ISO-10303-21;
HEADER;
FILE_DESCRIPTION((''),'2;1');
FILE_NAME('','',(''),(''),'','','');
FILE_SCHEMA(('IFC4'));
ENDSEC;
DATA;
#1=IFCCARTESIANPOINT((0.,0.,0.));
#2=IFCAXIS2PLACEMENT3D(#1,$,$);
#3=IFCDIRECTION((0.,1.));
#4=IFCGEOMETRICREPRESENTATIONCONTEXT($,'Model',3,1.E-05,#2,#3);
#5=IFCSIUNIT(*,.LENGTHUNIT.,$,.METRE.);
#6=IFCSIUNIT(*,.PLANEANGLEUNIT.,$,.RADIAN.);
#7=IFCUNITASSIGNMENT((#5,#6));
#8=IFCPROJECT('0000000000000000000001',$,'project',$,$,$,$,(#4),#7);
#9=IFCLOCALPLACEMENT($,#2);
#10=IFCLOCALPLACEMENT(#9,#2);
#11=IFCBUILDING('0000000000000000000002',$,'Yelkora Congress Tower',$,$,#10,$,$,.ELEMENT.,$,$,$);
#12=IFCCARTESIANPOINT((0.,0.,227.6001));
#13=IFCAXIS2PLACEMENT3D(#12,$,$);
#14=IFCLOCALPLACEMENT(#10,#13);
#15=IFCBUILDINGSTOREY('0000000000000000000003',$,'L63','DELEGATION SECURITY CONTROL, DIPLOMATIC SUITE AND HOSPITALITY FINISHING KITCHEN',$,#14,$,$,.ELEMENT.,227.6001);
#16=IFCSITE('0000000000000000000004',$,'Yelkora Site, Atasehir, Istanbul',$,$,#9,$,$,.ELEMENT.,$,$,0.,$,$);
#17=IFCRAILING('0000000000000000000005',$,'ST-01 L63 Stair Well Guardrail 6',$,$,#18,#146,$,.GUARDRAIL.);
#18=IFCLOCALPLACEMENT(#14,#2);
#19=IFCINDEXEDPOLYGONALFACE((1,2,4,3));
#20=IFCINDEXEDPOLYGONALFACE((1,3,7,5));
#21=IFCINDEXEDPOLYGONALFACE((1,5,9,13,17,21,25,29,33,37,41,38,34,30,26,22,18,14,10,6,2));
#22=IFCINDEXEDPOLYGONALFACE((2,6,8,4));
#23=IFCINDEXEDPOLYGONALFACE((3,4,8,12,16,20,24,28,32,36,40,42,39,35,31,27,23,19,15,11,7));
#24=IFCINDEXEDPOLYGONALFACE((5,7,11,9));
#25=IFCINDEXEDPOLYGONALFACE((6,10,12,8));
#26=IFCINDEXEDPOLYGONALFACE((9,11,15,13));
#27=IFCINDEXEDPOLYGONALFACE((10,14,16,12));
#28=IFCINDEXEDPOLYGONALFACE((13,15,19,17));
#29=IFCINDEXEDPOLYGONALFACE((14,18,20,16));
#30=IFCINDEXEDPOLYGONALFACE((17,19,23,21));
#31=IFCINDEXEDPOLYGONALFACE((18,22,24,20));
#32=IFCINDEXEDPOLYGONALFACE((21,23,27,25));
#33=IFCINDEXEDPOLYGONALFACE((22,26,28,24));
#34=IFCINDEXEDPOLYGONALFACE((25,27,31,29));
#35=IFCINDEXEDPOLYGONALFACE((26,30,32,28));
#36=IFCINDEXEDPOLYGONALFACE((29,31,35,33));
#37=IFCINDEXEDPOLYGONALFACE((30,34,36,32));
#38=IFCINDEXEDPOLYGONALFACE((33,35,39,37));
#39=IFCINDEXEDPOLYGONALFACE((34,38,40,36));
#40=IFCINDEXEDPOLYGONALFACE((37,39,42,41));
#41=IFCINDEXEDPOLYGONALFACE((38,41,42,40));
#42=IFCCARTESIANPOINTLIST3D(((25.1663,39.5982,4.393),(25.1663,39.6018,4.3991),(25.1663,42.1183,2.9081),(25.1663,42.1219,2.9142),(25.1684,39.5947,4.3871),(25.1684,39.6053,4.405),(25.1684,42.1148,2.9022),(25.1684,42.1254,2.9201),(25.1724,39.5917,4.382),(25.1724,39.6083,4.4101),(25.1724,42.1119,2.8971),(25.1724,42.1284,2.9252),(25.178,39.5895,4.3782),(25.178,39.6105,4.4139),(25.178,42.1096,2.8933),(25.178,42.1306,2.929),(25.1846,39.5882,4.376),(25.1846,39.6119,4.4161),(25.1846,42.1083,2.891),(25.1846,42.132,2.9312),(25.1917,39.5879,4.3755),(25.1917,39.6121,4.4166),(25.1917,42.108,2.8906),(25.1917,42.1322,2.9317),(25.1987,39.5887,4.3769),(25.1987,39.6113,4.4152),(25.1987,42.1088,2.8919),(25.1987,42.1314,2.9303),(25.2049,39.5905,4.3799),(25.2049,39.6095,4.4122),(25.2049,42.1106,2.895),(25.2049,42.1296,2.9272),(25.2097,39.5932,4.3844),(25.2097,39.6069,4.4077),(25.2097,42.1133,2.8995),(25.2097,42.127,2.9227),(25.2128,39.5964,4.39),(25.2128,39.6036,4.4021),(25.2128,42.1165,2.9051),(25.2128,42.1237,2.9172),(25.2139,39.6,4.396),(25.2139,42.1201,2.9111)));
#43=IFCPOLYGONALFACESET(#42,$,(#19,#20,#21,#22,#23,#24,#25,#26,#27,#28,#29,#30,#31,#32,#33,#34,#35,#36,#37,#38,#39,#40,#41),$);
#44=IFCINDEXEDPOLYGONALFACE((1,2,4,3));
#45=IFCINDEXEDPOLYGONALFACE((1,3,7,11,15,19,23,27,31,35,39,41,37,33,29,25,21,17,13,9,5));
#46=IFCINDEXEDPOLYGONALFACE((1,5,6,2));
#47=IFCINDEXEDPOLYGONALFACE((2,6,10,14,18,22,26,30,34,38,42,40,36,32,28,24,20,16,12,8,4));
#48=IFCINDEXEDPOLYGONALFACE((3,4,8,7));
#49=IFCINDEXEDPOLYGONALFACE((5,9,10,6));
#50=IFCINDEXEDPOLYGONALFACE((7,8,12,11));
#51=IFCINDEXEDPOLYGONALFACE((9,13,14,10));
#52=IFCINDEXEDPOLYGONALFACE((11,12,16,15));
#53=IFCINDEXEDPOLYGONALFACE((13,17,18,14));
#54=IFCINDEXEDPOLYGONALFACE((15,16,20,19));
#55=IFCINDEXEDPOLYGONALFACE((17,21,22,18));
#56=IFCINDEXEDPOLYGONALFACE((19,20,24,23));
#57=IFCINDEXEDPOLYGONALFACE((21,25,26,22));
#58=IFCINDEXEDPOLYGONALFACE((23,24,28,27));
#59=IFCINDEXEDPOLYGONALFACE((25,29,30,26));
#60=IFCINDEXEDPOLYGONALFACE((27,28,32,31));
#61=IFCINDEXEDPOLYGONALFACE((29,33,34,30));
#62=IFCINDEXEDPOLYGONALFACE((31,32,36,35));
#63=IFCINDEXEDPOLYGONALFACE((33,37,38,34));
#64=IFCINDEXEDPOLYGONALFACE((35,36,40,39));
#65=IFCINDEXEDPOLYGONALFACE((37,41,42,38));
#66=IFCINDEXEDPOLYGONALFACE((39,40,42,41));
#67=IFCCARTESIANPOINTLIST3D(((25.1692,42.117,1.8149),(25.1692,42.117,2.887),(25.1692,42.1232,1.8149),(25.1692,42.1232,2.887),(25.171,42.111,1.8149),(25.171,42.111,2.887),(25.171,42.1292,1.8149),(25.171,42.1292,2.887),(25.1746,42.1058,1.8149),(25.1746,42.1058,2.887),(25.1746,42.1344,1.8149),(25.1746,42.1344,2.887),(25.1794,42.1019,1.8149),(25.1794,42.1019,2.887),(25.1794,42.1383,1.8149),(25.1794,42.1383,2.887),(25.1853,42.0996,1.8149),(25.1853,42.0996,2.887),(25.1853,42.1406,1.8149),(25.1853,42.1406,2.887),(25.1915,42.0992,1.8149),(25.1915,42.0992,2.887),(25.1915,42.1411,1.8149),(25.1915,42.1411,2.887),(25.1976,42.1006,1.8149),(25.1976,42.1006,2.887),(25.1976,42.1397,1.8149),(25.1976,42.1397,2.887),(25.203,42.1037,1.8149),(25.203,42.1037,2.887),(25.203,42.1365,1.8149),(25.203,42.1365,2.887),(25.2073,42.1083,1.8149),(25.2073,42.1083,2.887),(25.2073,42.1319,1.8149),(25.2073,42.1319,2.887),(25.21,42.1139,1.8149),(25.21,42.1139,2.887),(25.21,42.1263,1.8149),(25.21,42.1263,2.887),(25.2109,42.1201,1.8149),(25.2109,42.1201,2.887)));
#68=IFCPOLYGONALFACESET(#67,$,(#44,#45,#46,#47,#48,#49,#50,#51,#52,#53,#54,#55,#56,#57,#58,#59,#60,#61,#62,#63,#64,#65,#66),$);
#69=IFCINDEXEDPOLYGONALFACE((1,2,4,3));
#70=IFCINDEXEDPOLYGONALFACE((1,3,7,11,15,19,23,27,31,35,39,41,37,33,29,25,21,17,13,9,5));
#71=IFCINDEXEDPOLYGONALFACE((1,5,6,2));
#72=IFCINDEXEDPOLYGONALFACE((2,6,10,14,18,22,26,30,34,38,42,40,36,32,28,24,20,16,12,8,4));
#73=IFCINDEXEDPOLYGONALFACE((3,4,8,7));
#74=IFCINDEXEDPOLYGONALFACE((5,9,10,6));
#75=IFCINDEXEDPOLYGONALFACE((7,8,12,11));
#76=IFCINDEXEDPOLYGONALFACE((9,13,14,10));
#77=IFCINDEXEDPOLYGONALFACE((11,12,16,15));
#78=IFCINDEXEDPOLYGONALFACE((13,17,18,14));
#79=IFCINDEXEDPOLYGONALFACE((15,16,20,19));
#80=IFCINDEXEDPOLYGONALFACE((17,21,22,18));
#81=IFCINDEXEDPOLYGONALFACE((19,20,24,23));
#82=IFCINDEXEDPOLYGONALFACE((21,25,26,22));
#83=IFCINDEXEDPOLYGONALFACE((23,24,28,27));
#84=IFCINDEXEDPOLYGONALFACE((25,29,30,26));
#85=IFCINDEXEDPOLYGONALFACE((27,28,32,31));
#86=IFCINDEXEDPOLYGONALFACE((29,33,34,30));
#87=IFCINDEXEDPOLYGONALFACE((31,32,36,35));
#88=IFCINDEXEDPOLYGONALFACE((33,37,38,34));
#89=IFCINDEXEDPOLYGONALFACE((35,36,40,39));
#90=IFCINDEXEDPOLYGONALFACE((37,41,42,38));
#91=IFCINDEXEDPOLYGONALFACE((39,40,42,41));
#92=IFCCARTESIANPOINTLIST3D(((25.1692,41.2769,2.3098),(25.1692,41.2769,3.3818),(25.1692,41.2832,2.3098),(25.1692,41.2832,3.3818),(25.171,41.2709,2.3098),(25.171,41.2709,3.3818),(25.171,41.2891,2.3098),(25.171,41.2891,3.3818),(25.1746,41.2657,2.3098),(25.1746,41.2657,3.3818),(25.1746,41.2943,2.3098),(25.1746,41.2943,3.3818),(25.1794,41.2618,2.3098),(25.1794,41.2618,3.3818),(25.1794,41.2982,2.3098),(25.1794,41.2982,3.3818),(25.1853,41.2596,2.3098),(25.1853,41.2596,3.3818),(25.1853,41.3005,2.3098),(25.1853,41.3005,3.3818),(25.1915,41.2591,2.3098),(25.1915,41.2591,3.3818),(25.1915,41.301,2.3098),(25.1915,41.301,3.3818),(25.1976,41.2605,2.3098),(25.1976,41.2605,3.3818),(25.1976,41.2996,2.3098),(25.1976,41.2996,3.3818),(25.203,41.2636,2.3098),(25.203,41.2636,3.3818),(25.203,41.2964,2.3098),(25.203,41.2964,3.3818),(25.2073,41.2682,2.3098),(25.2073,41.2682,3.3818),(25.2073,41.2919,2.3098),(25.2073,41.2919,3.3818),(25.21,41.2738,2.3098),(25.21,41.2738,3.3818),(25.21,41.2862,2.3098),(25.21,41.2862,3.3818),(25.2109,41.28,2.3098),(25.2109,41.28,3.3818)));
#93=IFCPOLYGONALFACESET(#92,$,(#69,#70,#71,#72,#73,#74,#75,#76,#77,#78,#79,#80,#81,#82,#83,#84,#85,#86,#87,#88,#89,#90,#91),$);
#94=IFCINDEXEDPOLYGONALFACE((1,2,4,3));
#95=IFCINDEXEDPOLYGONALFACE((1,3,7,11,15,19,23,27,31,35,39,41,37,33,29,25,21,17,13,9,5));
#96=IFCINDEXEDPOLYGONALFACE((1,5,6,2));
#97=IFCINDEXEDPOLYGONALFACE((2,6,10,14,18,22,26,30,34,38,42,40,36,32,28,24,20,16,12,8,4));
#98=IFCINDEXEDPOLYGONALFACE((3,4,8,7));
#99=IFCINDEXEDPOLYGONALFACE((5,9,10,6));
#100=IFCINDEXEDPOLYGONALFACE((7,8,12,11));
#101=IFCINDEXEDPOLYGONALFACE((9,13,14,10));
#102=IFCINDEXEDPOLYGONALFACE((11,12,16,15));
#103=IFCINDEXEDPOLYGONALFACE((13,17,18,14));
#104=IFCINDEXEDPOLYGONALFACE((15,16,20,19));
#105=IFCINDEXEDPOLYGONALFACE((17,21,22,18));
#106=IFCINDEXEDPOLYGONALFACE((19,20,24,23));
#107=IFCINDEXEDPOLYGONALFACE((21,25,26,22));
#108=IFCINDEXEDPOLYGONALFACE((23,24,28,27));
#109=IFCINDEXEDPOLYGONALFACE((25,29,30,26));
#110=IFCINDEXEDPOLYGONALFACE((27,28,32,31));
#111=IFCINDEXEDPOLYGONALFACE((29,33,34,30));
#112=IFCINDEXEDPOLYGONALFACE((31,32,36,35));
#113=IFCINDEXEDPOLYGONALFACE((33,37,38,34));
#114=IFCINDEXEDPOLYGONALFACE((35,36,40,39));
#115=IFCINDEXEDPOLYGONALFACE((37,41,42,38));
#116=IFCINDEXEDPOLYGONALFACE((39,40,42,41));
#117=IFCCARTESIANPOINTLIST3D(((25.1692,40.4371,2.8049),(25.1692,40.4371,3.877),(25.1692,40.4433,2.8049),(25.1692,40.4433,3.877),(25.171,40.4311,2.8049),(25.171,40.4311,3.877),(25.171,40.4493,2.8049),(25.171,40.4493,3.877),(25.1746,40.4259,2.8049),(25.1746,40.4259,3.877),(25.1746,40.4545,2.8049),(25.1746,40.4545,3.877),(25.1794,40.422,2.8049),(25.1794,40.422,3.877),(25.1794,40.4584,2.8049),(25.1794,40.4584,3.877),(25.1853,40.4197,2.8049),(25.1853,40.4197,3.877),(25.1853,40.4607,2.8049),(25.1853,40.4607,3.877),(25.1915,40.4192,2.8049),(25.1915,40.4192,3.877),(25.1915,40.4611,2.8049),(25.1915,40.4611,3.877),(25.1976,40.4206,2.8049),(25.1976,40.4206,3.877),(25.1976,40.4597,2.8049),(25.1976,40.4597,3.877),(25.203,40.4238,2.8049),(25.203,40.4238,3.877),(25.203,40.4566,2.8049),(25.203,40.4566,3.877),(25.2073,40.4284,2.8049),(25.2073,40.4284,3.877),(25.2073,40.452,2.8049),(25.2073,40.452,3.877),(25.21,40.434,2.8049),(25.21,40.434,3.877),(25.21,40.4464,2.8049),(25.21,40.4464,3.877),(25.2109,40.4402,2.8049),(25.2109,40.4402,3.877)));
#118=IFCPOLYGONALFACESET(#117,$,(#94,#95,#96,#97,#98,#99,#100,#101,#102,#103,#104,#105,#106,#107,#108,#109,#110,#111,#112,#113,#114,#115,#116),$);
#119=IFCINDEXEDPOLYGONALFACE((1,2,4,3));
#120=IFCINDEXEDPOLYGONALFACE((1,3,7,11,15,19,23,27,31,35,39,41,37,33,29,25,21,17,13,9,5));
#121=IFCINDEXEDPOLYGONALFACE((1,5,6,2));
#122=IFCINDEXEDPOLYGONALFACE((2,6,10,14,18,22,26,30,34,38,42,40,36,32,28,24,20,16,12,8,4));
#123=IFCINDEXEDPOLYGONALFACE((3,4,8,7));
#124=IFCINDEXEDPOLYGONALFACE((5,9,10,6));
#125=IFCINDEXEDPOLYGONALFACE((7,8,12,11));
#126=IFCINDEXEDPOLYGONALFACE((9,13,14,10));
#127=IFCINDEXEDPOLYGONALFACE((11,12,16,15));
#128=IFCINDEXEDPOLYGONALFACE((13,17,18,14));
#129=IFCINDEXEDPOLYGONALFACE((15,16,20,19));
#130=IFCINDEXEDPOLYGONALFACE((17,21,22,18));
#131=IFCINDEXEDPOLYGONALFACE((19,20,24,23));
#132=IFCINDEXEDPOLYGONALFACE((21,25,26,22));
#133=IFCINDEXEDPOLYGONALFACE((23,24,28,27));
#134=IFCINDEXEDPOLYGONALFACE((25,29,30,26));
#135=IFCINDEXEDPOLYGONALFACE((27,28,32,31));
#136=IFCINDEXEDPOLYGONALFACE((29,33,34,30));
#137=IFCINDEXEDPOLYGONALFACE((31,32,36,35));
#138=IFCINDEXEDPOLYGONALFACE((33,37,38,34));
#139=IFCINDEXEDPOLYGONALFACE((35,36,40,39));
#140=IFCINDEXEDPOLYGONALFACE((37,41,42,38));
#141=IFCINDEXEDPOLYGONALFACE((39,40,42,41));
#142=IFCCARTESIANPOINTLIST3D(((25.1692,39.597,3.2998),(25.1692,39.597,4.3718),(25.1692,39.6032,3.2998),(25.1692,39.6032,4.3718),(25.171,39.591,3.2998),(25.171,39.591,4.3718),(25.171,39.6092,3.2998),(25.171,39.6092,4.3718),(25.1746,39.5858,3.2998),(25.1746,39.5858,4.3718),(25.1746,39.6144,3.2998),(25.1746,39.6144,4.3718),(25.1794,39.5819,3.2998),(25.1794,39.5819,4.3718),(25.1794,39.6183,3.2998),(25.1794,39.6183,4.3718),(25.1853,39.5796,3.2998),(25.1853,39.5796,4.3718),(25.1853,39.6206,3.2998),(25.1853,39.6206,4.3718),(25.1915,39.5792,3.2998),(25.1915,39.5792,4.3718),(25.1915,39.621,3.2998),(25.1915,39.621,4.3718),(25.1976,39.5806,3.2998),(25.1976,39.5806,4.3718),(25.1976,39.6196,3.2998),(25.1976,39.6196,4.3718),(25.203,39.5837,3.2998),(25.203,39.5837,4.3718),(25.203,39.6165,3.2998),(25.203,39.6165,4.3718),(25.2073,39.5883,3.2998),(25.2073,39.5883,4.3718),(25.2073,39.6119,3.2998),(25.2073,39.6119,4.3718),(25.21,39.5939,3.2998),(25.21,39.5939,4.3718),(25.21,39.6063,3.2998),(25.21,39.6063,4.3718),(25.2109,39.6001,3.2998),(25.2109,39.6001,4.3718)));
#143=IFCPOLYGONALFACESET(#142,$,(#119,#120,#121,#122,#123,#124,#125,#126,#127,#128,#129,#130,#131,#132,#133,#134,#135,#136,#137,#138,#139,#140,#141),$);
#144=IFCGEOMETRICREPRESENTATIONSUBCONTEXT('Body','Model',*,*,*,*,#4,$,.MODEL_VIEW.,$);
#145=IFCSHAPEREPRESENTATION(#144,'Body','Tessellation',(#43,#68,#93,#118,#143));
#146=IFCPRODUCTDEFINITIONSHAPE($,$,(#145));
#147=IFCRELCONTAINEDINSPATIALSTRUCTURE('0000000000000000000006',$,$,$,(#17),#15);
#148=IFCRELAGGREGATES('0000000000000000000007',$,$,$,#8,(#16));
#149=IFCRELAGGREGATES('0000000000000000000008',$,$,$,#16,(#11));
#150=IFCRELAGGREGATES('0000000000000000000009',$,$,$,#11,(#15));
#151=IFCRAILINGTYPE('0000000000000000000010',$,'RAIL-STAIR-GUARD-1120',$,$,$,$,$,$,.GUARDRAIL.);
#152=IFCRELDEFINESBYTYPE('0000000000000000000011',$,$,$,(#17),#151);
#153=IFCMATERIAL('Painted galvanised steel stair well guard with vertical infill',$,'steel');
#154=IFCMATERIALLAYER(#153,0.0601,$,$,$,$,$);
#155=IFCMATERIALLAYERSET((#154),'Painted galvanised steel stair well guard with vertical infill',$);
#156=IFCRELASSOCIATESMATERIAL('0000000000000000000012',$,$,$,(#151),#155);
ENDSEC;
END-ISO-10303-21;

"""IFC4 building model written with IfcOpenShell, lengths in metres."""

from ifc_helpers import new_model, si_unit, direction, frame, origin, origin_2d, place, context, subcontext, project, spatial, circle, extrude, material, layer, layer_set, type_object, element, save


model = new_model("IFC4")

# Units and contexts
model_context = context("Model", 3, precision=1e-05, world=origin(), true_north=direction((0.0, 1.0)))
body_context = subcontext(model_context, "Body", "Model", "MODEL_VIEW")
ifc_project = project(units=[si_unit("LENGTHUNIT", "METRE"), si_unit("PLANEANGLEUNIT", "RADIAN")], contexts=[model_context])

# Site, building, storey
site_placement = place(None, origin())
site = spatial("IfcSite", under=ifc_project, at=site_placement, Name="Yelkora Site, Atasehir, Istanbul", CompositionType="ELEMENT", RefElevation=0.0)
building_placement = place(site_placement, origin())
building = spatial("IfcBuilding", under=site, at=building_placement, Name="Yelkora Congress Tower", CompositionType="ELEMENT")
storey_placement = place(building_placement, frame((0.0, 0.0, 227.6001)))
storey = spatial("IfcBuildingStorey", under=building, at=storey_placement, Name="L63", Description="DELEGATION SECURITY CONTROL, DIPLOMATIC SUITE AND HOSPITALITY FINISHING KITCHEN", CompositionType="ELEMENT", Elevation=227.6001)

# Railing
ifc_material_1 = material(Name="Painted galvanised steel stair well guard with vertical infill", Category="steel")
ifc_layer_1 = layer(ifc_material_1, 0.0601)
ifc_layer_set_1 = layer_set([ifc_layer_1], Name="Painted galvanised steel stair well guard with vertical infill")
railing_type = type_object("IfcRailingType", Name="RAIL-STAIR-GUARD-1120", PredefinedType="GUARDRAIL", material=ifc_layer_set_1)
railing_1_placement = place(storey_placement, frame((25.1899, 42.1201, 1.8149)))
element("IfcRailing", 1, at=railing_1_placement, inside=storey, type_object=railing_type, Name="ST-01 L63 Stair Well Guardrail 6", PredefinedType="GUARDRAIL", context=body_context, shape_type="SweptSolid", body=[
    extrude(circle(Radius=0.0239, at=origin_2d()), frame((0.0, 0.0, 1.0962), z_axis=(0.0, -0.861561, 0.507655), x_axis=(1.0, 0.0, 0.0)), (0.0, 0.0, 1.0), 2.925),
    extrude(circle(Radius=0.021, at=origin_2d()), origin(), (0.0, 0.0, 1.0), 1.072),
    extrude(circle(Radius=0.021, at=origin_2d()), frame((0.0, -0.8401, 0.4949)), (0.0, 0.0, 1.0), 1.072),
    extrude(circle(Radius=0.021, at=origin_2d()), frame((0.0, -1.6799, 0.99)), (0.0, 0.0, 1.0), 1.072),
    extrude(circle(Radius=0.021, at=origin_2d()), frame((0.0, -2.52, 1.4849)), (0.0, 0.0, 1.0), 1.072),
])

save(model, "model.ifc")
